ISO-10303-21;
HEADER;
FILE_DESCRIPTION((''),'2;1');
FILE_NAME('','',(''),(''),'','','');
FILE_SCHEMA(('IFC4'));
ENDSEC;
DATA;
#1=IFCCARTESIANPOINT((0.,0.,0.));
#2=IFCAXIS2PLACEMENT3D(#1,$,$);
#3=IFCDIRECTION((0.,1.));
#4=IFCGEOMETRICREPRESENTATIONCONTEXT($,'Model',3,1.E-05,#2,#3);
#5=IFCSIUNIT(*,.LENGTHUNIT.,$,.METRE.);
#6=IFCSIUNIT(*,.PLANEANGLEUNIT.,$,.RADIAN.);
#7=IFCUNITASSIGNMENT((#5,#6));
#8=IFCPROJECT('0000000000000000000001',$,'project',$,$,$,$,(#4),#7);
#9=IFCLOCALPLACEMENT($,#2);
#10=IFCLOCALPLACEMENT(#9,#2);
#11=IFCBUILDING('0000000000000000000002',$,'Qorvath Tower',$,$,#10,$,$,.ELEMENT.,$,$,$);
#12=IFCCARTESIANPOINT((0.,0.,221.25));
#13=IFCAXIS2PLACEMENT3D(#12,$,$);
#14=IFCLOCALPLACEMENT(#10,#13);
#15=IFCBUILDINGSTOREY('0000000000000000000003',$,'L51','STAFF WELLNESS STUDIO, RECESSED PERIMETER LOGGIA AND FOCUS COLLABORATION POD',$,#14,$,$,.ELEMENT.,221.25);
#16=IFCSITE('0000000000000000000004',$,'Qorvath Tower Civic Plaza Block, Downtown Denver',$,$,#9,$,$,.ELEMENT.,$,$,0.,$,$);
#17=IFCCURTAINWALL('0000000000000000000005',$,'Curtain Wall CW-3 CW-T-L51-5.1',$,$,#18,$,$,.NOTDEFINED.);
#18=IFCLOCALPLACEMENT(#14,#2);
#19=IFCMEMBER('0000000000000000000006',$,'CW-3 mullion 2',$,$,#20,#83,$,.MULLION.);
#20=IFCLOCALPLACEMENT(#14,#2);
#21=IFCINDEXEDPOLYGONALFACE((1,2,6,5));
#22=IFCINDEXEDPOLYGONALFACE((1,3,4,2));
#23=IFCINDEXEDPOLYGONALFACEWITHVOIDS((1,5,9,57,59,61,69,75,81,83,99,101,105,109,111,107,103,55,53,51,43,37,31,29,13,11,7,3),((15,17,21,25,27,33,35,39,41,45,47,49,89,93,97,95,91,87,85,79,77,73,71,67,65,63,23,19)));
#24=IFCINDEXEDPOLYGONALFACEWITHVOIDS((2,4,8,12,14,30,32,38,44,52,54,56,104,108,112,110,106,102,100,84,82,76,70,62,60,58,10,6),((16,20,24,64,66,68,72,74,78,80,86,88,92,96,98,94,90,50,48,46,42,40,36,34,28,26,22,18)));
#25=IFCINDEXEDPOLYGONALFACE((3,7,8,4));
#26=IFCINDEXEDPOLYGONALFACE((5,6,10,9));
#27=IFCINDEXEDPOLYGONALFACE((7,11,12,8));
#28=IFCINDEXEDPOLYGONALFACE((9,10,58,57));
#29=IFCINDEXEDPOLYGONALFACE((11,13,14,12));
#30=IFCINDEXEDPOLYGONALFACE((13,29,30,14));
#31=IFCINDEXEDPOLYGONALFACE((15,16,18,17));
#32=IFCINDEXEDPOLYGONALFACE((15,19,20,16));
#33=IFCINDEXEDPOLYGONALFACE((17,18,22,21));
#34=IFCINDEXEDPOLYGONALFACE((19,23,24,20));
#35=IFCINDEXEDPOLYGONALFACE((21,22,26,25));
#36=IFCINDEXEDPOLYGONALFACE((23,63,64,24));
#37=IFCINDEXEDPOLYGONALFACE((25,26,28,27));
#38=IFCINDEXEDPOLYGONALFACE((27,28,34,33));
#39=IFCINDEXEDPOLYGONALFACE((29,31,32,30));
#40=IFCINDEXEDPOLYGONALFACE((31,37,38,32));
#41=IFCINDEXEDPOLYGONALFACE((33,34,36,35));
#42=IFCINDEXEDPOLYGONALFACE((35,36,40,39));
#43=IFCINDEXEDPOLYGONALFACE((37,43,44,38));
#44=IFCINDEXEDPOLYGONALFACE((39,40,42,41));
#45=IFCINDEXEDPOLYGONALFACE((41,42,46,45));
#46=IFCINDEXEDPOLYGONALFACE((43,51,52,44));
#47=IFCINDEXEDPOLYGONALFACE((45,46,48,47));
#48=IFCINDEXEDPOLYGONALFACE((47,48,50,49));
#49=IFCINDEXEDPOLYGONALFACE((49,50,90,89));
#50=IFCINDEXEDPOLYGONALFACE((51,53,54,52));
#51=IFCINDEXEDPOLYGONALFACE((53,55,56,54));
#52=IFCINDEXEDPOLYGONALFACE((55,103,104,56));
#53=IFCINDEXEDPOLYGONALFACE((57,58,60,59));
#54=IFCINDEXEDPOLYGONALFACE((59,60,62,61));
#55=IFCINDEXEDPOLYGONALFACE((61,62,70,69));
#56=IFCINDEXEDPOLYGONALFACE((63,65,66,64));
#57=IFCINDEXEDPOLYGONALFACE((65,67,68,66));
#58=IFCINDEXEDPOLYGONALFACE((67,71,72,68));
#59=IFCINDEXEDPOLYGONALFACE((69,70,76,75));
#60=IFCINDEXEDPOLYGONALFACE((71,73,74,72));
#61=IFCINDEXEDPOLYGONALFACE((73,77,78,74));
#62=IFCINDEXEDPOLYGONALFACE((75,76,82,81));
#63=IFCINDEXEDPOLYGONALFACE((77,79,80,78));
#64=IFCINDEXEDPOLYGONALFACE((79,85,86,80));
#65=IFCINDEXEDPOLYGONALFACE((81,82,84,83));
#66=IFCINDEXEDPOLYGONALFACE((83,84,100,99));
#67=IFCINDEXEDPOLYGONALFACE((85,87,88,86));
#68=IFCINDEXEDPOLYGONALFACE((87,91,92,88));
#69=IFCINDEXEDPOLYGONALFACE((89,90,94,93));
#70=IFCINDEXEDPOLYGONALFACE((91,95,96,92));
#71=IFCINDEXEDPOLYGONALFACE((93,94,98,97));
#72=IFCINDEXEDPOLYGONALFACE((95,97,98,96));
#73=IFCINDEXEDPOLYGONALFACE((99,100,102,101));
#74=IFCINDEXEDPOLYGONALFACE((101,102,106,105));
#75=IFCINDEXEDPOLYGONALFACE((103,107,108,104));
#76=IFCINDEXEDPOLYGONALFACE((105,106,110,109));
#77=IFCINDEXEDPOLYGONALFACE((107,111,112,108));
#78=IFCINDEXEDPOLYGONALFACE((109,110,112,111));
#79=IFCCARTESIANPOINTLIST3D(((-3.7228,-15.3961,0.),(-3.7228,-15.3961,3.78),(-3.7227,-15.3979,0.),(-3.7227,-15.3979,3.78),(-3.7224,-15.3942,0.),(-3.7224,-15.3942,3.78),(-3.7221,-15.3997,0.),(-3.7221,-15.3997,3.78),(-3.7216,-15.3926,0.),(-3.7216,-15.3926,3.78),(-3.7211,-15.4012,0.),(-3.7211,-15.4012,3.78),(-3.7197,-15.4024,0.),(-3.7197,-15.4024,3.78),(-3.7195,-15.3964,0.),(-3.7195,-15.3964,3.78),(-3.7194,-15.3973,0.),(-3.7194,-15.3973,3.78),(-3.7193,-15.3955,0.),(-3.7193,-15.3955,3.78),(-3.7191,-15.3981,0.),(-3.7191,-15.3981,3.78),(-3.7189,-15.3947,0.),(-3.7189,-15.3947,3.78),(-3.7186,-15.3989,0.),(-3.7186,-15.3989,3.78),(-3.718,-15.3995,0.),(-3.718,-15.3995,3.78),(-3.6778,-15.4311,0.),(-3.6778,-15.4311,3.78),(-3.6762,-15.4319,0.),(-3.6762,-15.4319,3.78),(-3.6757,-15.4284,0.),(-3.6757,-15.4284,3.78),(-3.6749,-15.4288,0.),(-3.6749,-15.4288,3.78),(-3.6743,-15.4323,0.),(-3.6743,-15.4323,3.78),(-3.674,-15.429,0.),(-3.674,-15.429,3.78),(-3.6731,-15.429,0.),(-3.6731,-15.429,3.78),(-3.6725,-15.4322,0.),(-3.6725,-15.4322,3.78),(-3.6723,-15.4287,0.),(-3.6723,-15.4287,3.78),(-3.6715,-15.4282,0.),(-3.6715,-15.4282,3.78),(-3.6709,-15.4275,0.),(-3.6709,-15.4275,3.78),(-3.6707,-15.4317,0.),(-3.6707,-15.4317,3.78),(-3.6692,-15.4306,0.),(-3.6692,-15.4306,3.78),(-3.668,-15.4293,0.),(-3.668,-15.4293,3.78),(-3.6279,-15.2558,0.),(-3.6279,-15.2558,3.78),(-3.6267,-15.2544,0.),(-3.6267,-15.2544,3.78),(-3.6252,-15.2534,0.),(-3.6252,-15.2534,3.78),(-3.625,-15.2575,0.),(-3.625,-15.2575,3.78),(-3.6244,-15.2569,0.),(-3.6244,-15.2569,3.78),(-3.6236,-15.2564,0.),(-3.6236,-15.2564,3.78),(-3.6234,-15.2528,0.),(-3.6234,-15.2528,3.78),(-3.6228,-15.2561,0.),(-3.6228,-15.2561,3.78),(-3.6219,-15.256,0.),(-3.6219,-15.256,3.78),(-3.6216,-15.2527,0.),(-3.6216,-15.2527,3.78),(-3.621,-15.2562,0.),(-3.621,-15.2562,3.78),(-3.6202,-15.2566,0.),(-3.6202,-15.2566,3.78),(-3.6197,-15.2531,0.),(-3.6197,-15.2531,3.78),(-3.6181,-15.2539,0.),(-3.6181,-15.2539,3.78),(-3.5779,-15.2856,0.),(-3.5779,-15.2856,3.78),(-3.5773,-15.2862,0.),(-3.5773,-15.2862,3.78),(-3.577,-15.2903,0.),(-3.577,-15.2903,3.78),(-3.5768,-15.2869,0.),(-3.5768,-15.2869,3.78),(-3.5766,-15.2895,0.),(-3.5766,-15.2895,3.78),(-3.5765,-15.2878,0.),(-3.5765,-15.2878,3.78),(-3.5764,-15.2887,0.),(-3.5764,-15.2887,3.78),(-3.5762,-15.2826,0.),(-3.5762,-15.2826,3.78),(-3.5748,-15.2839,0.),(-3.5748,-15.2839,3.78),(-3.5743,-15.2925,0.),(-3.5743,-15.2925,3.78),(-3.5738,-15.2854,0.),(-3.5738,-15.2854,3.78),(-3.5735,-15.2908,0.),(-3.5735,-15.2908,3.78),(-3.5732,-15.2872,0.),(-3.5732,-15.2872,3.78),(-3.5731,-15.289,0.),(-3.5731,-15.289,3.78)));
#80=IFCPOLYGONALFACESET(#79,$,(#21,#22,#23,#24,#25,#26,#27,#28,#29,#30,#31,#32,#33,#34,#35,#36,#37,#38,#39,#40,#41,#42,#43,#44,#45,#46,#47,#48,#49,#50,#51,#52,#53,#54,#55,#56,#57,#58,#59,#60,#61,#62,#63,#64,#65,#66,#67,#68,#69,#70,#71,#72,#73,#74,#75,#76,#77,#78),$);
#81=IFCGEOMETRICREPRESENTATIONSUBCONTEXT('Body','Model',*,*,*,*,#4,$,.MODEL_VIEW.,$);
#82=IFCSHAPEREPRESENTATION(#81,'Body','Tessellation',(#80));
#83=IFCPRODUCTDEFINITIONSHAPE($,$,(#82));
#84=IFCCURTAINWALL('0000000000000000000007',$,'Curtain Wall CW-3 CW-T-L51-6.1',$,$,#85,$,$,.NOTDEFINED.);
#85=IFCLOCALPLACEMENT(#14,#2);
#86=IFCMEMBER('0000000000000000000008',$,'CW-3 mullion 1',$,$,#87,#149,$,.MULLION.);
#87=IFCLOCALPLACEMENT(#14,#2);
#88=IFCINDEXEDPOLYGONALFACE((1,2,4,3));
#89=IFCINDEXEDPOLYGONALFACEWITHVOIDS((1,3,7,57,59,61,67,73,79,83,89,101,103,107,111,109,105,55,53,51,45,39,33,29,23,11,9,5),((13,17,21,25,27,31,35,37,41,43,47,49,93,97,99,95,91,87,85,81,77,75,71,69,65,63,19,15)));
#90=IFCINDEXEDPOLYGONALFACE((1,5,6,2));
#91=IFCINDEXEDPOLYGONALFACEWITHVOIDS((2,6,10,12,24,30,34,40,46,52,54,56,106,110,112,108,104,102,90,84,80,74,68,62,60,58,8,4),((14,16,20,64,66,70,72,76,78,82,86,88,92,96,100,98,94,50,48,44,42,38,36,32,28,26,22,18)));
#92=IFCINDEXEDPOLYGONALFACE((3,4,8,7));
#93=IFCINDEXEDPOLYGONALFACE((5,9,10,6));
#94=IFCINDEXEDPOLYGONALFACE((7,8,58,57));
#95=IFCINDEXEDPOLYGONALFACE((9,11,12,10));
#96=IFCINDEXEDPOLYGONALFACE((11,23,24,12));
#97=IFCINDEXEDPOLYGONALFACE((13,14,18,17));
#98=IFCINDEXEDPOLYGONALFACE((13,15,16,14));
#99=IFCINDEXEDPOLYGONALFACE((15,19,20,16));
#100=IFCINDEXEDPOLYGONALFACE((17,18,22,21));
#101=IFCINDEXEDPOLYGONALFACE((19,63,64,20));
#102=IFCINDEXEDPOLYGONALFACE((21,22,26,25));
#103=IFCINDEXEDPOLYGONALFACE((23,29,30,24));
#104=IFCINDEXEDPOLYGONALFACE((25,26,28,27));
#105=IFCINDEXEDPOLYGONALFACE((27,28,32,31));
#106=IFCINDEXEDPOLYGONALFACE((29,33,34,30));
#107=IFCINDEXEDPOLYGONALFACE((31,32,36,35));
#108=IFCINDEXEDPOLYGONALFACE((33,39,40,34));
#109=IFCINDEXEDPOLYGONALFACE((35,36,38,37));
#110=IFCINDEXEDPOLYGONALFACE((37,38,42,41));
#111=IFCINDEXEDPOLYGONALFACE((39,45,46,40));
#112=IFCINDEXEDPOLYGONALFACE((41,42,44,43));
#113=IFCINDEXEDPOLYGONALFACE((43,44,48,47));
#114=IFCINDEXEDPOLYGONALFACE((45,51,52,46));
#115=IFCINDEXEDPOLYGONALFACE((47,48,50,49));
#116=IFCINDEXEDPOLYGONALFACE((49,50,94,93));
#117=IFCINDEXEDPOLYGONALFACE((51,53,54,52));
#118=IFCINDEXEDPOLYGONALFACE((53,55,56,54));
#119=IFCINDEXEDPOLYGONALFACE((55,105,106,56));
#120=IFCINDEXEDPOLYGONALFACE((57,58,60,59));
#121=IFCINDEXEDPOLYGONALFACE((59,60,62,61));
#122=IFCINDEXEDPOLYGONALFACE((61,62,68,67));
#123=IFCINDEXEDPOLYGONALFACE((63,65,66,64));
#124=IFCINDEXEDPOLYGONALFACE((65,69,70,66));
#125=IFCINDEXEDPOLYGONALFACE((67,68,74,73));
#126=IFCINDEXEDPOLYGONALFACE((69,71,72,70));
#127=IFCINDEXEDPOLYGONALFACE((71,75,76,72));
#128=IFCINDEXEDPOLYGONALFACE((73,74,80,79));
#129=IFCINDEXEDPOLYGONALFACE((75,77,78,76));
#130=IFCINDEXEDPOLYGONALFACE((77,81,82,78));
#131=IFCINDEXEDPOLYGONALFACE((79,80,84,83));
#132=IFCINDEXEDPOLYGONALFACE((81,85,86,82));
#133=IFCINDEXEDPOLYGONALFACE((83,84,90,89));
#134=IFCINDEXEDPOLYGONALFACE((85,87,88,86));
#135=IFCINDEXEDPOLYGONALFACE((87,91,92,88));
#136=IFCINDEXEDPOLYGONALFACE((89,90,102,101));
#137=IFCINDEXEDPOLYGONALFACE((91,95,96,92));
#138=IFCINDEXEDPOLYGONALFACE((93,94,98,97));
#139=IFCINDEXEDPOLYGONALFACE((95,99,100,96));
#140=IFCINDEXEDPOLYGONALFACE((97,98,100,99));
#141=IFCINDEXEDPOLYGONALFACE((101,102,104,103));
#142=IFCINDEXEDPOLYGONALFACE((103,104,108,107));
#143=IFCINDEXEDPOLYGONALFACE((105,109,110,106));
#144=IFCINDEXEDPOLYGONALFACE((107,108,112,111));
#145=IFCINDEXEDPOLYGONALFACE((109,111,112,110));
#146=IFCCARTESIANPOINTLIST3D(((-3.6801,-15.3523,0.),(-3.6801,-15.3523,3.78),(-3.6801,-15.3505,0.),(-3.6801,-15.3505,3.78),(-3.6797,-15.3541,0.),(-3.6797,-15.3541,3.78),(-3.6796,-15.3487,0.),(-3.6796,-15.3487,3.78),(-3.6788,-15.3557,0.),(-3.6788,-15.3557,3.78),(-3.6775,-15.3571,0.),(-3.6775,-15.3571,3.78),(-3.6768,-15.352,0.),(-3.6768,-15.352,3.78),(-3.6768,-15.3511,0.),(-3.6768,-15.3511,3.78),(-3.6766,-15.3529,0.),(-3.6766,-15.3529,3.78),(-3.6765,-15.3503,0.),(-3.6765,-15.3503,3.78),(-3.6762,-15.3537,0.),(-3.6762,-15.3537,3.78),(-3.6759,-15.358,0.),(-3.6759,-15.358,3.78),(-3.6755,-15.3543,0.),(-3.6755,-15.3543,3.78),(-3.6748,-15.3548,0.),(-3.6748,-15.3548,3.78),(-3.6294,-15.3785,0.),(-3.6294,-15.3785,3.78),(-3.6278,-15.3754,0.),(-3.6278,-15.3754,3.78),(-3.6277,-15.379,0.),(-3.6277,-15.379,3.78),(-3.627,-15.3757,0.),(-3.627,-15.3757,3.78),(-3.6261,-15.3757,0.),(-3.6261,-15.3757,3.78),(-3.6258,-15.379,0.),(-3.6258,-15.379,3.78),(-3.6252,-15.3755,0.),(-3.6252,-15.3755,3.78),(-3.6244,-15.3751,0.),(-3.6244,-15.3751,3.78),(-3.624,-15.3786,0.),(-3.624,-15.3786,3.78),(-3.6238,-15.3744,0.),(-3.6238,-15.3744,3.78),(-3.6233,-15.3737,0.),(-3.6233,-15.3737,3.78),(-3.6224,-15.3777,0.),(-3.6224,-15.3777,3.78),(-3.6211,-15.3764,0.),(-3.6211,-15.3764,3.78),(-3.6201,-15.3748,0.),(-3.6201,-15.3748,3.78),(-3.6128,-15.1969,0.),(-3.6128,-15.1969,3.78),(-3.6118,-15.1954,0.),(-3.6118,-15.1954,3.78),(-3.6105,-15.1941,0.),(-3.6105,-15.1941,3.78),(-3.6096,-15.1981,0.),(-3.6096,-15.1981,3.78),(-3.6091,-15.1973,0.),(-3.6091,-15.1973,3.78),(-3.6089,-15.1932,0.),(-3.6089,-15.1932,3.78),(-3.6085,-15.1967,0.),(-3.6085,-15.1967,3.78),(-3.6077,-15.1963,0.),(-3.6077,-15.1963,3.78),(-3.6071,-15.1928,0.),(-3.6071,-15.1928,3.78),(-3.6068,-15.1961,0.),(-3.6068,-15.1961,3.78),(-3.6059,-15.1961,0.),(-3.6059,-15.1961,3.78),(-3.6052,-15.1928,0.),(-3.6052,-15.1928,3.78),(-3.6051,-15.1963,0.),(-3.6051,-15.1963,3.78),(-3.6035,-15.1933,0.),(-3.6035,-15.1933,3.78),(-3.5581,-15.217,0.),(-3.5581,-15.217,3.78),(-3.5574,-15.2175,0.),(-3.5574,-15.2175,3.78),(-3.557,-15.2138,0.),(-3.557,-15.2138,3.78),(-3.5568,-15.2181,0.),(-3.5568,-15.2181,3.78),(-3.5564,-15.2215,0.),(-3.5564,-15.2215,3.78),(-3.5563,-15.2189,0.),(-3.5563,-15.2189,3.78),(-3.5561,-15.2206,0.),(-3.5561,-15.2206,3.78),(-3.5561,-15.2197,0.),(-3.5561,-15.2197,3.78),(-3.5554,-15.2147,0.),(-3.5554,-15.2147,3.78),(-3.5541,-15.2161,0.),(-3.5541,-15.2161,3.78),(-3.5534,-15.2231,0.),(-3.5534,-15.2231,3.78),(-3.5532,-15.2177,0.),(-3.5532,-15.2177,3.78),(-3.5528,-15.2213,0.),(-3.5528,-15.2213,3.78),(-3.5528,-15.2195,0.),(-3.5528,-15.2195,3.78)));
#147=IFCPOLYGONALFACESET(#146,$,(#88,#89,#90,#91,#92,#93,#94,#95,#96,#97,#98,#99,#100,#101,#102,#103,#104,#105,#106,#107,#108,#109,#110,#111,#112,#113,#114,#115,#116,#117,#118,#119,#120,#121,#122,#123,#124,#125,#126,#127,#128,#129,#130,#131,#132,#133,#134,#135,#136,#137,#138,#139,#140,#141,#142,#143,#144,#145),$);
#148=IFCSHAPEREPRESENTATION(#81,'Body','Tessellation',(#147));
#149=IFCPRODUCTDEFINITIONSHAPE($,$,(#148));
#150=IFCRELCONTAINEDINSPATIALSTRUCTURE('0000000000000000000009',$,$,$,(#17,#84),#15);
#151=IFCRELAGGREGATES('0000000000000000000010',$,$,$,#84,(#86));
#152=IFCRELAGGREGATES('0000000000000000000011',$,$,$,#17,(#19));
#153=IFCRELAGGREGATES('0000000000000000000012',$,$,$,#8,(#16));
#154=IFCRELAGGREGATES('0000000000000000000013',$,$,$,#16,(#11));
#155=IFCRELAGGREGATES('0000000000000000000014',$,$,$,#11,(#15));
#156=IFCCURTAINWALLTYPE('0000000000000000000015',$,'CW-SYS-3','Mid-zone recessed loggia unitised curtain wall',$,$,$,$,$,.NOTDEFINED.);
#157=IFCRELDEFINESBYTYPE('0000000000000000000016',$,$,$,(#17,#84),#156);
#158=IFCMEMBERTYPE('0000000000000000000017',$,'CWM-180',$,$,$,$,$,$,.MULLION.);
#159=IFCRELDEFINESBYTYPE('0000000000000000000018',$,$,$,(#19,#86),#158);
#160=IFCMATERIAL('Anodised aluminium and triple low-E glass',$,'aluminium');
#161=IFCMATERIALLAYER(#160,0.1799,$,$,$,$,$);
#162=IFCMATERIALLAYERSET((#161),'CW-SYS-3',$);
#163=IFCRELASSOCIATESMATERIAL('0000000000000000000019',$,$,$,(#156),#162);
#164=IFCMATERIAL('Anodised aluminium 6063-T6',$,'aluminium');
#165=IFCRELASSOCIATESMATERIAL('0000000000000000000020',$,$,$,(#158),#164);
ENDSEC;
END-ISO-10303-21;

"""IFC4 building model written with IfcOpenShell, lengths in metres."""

from ifc_helpers import new_model, si_unit, direction, frame, origin, origin_2d, place, context, subcontext, project, spatial, hollow_rectangle, extrude, material, layer, layer_set, material_profile, profile_set, type_object, element, aggregate, save


model = new_model("IFC4")

# Units and contexts
model_context = context("Model", 3, precision=1e-05, world=origin(), true_north=direction((0.0, 1.0)))
body_context = subcontext(model_context, "Body", "Model", "MODEL_VIEW")
ifc_project = project(units=[si_unit("LENGTHUNIT", "METRE"), si_unit("PLANEANGLEUNIT", "RADIAN")], contexts=[model_context])

# Site, building, storey
site_placement = place(None, origin())
site = spatial("IfcSite", under=ifc_project, at=site_placement, Name="Qorvath Tower Civic Plaza Block, Downtown Denver", CompositionType="ELEMENT", RefElevation=0.0)
building_placement = place(site_placement, origin())
building = spatial("IfcBuilding", under=site, at=building_placement, Name="Qorvath Tower", CompositionType="ELEMENT")
storey_placement = place(building_placement, frame((0.0, 0.0, 221.25)))
storey = spatial("IfcBuildingStorey", under=building, at=storey_placement, Name="L51", Description="STAFF WELLNESS STUDIO, RECESSED PERIMETER LOGGIA AND FOCUS COLLABORATION POD", CompositionType="ELEMENT", Elevation=221.25)

# Shared definitions
ifc_material_1 = material(Name="Anodised aluminium and triple low-E glass", Category="aluminium")
ifc_layer_1 = layer(ifc_material_1, 0.1799)
ifc_layer_set_1 = layer_set([ifc_layer_1], Name="CW-SYS-3")
curtain_wall_type = type_object("IfcCurtainWallType", Name="CW-SYS-3", Description="Mid-zone recessed loggia unitised curtain wall", PredefinedType="NOTDEFINED", material=ifc_layer_set_1)
ifc_material_2 = material(Name="Anodised aluminium 6063-T6", Category="aluminium")
ifc_material_profile_1 = material_profile(ifc_material_2, hollow_rectangle(XDim=0.0649, YDim=0.1799, WallThickness=0.0034, InnerFilletRadius=0.0034, OuterFilletRadius=0.0071, at=origin_2d()), Name="CWM 180x65")
ifc_profile_set_1 = profile_set([ifc_material_profile_1], Name="Anodised aluminium 6063-T6")
member_type_1 = type_object("IfcMemberType", Name="CWM-180", PredefinedType="MULLION", material=ifc_profile_set_1)

# Curtain wall, member
curtain_wall_1_placement = place(storey_placement, origin())
curtain_wall_1 = element("IfcCurtainWall", 1, at=curtain_wall_1_placement, inside=storey, type_object=curtain_wall_type, Name="Curtain Wall CW-3 CW-T-L51-5.1", PredefinedType="NOTDEFINED")
member_1_placement = place(storey_placement, frame((-3.6479, -15.3425, 0.0), z_axis=(0.0, 0.0, 1.0), x_axis=(-0.825264, 0.564746, 0.0)))
member_1 = element("IfcMember", 2, at=member_1_placement, type_object=member_type_1, Name="CW-3 mullion 2", PredefinedType="MULLION", context=body_context, shape_type="SweptSolid", body=[
    extrude(hollow_rectangle(XDim=0.0649, YDim=0.1799, WallThickness=0.0034, InnerFilletRadius=0.0034, OuterFilletRadius=0.0071, at=origin_2d()), origin(), (0.0, 0.0, 1.0), 3.78),
])

# Curtain wall, member
curtain_wall_2_placement = place(storey_placement, origin())
curtain_wall_2 = element("IfcCurtainWall", 3, at=curtain_wall_2_placement, inside=storey, type_object=curtain_wall_type, Name="Curtain Wall CW-3 CW-T-L51-6.1", PredefinedType="NOTDEFINED")
member_2_placement = place(storey_placement, frame((-3.6165, -15.2859, 0.0), z_axis=(0.0, 0.0, 1.0), x_axis=(-0.915321, 0.402725, 0.0)))
member_2 = element("IfcMember", 4, at=member_2_placement, type_object=member_type_1, Name="CW-3 mullion 1", PredefinedType="MULLION", context=body_context, shape_type="SweptSolid", body=[
    extrude(hollow_rectangle(XDim=0.0649, YDim=0.1799, WallThickness=0.0034, InnerFilletRadius=0.0034, OuterFilletRadius=0.0071, at=origin_2d()), origin(), (0.0, 0.0, 1.0), 3.78),
])

aggregate(curtain_wall_2, [member_2])

aggregate(curtain_wall_1, [member_1])

save(model, "model.ifc")
